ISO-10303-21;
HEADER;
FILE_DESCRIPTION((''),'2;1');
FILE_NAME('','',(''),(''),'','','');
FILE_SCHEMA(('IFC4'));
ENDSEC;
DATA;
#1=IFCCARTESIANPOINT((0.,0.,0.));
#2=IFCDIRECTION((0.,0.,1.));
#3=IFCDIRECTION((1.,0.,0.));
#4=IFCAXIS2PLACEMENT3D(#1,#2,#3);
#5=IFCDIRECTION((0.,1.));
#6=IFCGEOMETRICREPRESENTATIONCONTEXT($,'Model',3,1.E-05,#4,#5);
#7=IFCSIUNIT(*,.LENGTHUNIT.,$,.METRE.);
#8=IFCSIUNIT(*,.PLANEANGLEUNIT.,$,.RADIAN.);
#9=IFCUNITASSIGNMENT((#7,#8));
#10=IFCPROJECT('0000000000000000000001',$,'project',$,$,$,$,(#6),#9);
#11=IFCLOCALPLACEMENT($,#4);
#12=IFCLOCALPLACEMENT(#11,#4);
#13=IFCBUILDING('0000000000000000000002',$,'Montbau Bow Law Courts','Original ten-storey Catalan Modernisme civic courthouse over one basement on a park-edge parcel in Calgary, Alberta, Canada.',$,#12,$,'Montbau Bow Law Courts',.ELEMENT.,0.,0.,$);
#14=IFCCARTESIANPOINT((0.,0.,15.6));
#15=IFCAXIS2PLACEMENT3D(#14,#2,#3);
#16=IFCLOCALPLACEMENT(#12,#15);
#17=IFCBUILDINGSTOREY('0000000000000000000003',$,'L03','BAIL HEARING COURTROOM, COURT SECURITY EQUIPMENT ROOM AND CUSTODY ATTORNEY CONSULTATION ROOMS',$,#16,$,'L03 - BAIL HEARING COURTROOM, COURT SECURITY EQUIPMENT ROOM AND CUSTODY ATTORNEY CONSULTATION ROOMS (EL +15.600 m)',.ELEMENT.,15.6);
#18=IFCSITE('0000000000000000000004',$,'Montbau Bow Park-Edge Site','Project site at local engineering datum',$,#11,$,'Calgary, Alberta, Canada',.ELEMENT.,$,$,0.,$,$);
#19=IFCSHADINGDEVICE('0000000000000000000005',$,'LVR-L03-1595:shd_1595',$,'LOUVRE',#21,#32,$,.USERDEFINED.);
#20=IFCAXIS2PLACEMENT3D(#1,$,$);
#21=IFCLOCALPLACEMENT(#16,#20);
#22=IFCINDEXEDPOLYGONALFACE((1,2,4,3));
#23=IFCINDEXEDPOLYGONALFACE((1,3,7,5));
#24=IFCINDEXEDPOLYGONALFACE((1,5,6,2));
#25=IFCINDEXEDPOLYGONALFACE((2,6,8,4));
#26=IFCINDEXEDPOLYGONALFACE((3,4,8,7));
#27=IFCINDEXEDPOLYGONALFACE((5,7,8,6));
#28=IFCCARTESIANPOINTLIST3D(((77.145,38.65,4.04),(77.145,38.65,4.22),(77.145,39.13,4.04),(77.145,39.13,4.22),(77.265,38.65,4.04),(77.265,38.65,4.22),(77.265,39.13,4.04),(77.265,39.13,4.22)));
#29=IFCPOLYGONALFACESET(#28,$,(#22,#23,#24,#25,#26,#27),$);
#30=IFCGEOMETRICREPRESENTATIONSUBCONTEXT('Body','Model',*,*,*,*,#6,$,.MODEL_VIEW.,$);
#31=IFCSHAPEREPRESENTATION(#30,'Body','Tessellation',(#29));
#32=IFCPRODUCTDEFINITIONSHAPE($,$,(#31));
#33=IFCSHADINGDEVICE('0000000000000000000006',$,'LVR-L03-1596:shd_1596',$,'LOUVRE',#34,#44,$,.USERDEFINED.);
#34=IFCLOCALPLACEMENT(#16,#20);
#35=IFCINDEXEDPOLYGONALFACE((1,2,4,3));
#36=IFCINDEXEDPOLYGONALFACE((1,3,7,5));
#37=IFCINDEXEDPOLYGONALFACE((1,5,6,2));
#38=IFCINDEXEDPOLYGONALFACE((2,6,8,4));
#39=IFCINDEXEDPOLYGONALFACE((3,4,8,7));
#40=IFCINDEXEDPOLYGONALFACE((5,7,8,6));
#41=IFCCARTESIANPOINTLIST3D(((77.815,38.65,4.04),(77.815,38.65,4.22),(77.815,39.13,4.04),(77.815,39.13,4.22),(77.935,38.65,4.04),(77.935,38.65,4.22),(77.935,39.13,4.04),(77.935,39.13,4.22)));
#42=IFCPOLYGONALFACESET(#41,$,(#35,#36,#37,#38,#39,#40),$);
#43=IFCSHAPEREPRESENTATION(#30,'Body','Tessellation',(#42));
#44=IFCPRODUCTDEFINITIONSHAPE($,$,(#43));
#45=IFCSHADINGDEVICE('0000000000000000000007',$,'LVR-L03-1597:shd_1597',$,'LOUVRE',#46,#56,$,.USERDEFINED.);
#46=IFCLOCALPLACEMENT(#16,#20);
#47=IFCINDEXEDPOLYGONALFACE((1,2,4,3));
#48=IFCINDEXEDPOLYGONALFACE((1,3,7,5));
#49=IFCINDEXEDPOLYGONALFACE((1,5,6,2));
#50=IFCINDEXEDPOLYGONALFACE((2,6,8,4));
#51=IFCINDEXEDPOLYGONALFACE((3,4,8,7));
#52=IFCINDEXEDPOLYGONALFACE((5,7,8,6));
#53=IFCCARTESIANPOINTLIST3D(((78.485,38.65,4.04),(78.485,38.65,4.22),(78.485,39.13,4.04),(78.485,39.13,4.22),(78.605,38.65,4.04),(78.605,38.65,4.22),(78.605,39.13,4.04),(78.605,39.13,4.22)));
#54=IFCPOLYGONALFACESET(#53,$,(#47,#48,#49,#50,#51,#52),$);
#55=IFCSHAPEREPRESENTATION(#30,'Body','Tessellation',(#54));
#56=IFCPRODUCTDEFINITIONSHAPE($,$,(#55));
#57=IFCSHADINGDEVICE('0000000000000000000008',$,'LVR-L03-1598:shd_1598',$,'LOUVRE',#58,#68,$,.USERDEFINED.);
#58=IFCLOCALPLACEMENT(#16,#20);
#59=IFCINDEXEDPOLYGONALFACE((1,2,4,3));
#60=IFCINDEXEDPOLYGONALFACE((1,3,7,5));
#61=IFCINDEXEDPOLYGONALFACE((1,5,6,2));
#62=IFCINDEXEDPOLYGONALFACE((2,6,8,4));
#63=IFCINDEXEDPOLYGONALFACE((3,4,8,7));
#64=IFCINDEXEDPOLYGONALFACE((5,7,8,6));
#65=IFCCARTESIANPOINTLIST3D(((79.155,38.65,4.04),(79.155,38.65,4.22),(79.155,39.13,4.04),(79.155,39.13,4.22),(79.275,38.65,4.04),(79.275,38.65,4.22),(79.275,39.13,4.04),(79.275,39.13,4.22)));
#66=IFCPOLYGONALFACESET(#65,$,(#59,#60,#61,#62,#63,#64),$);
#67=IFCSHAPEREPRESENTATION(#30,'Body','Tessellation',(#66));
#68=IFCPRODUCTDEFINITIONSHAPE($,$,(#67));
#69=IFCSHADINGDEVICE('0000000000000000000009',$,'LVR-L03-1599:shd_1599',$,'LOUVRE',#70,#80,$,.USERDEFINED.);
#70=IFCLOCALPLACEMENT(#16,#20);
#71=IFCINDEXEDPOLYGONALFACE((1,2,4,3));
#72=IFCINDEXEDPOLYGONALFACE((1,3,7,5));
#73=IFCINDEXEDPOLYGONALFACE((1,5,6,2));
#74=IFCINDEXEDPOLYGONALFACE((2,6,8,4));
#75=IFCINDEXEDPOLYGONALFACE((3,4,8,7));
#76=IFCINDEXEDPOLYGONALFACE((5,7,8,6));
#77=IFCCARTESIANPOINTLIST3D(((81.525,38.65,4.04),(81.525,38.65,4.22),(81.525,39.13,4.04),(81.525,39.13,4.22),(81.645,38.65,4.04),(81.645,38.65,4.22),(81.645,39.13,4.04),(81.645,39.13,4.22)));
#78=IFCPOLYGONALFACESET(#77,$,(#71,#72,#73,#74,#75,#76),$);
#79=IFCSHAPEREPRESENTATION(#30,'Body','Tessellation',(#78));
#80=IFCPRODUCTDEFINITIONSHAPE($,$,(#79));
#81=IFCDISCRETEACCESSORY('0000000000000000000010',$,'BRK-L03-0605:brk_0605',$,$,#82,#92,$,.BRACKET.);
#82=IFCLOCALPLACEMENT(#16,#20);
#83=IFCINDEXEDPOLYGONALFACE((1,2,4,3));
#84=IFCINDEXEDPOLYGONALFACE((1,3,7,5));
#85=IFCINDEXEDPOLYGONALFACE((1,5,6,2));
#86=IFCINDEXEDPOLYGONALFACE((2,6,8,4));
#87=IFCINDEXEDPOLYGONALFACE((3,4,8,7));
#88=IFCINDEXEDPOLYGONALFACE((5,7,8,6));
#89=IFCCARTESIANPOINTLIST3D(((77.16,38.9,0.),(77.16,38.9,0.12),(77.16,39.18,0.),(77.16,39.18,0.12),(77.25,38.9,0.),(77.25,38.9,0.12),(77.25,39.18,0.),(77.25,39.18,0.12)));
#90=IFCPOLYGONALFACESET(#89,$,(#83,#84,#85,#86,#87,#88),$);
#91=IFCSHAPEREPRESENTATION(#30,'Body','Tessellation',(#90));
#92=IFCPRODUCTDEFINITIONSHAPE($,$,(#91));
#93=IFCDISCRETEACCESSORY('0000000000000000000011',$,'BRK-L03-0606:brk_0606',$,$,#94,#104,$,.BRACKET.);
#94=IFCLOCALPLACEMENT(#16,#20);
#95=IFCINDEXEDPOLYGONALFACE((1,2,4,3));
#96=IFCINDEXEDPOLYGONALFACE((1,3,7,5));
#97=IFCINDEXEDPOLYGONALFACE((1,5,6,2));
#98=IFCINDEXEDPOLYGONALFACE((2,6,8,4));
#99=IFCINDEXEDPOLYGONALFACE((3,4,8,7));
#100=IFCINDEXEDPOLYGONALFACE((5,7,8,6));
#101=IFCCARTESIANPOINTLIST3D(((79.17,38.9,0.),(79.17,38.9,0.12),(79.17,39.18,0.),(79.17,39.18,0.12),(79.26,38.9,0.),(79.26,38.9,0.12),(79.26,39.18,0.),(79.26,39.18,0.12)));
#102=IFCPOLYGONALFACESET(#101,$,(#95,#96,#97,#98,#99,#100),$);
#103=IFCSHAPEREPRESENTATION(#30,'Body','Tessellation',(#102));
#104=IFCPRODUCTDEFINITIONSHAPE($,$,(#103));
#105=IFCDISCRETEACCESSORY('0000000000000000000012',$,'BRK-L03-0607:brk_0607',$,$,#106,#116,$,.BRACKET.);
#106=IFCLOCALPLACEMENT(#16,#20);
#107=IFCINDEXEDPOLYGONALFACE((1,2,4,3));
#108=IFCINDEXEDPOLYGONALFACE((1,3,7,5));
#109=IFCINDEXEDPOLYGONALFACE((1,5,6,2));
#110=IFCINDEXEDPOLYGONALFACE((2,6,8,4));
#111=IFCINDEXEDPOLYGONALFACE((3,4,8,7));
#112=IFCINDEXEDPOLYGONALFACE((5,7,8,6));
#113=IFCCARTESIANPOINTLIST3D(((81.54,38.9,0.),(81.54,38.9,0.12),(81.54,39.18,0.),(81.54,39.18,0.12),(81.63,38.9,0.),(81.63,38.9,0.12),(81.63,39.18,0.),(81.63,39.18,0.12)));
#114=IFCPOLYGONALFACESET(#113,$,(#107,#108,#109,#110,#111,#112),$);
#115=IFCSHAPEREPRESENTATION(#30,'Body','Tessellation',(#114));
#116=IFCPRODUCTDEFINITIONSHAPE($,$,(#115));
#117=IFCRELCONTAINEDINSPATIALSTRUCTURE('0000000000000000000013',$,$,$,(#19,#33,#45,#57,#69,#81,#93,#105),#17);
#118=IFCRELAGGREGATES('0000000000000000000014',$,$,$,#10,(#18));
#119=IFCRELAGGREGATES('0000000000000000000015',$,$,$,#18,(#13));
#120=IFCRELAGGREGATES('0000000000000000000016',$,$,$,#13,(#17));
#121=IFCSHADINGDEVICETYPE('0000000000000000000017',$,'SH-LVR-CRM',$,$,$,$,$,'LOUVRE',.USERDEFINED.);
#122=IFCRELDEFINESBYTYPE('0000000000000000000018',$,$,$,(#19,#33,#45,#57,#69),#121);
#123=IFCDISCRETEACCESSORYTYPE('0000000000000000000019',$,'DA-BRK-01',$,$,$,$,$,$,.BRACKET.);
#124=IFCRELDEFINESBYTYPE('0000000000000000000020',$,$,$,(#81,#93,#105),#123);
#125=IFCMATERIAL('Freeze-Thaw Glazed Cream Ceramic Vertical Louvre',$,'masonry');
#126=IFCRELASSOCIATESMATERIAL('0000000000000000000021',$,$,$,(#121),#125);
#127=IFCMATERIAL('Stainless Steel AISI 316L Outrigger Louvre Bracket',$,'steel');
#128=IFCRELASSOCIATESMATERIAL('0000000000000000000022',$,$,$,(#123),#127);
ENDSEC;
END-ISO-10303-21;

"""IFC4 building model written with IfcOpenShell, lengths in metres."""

from ifc_helpers import new_model, si_unit, direction, frame, origin_with_axes, origin_2d_with_axis, place, context, subcontext, project, spatial, rectangle, extrude, material, type_object, element, save


model = new_model("IFC4")

# Units and contexts
model_context = context("Model", 3, precision=1e-05, world=origin_with_axes(), true_north=direction((0.0, 1.0)))
body_context = subcontext(model_context, "Body", "Model", "MODEL_VIEW")
ifc_project = project(units=[si_unit("LENGTHUNIT", "METRE"), si_unit("PLANEANGLEUNIT", "RADIAN")], contexts=[model_context])

# Site, building, storey
site_placement = place(None, origin_with_axes())
site = spatial("IfcSite", under=ifc_project, at=site_placement, Name="Montbau Bow Park-Edge Site", Description="Project site at local engineering datum", LongName="Calgary, Alberta, Canada", CompositionType="ELEMENT", RefElevation=0.0)
building_placement = place(site_placement, origin_with_axes())
building = spatial("IfcBuilding", under=site, at=building_placement, Name="Montbau Bow Law Courts", Description="Original ten-storey Catalan Modernisme civic courthouse over one basement on a park-edge parcel in Calgary, Alberta, Canada.", LongName="Montbau Bow Law Courts", CompositionType="ELEMENT", ElevationOfRefHeight=0.0, ElevationOfTerrain=0.0)
storey_placement = place(building_placement, frame((0.0, 0.0, 15.6), z_axis=(0.0, 0.0, 1.0), x_axis=(1.0, 0.0, 0.0)))
storey = spatial("IfcBuildingStorey", under=building, at=storey_placement, Name="L03", Description="BAIL HEARING COURTROOM, COURT SECURITY EQUIPMENT ROOM AND CUSTODY ATTORNEY CONSULTATION ROOMS", LongName="L03 - BAIL HEARING COURTROOM, COURT SECURITY EQUIPMENT ROOM AND CUSTODY ATTORNEY CONSULTATION ROOMS (EL +15.600 m)", CompositionType="ELEMENT", Elevation=15.6)

# Shading devices
ifc_material_1 = material(Name="Freeze-Thaw Glazed Cream Ceramic Vertical Louvre", Category="masonry")
shading_device_type = type_object("IfcShadingDeviceType", Name="SH-LVR-CRM", ElementType="LOUVRE", PredefinedType="USERDEFINED", material=ifc_material_1)
for number, where, z_axis, x_axis, name in (
    (1, (77.205, 38.89, 19.64), (0.0, 0.0, 1.0), (0.0, -1.0, 0.0), "LVR-L03-1595:shd_1595"),
    (2, (77.875, 38.89, 19.64), (0.0, 0.0, 1.0), (0.0, -1.0, 0.0), "LVR-L03-1596:shd_1596"),
    (3, (78.545, 38.89, 19.64), (0.0, 0.0, 1.0), (0.0, -1.0, 0.0), "LVR-L03-1597:shd_1597"),
    (4, (79.215, 38.89, 19.64), (0.0, 0.0, 1.0), (0.0, -1.0, 0.0), "LVR-L03-1598:shd_1598"),
    (5, (81.585, 38.89, 19.64), (0.0, 0.0, 1.0), (0.0, -1.0, 0.0), "LVR-L03-1599:shd_1599"),
):
    element("IfcShadingDevice", number, at=place(None, frame(where, z_axis=z_axis, x_axis=x_axis)), inside=storey, type_object=shading_device_type, Name=name, ObjectType="LOUVRE", PredefinedType="USERDEFINED", context=body_context, shape_type="SweptSolid", body=[
        extrude(rectangle(XDim=0.48, YDim=0.12, at=origin_2d_with_axis()), origin_with_axes(), (0.0, 0.0, 1.0), 0.18),
    ])

# Discrete accessories
ifc_material_2 = material(Name="Stainless Steel AISI 316L Outrigger Louvre Bracket", Category="steel")
discrete_accessory_type = type_object("IfcDiscreteAccessoryType", Name="DA-BRK-01", PredefinedType="BRACKET", material=ifc_material_2)
for number, where, z_axis, x_axis, name in (
    (6, (77.205, 39.04, 15.6), (0.0, 0.0, 1.0), (0.0, -1.0, 0.0), "BRK-L03-0605:brk_0605"),
    (7, (79.215, 39.04, 15.6), (0.0, 0.0, 1.0), (0.0, -1.0, 0.0), "BRK-L03-0606:brk_0606"),
    (8, (81.585, 39.04, 15.6), (0.0, 0.0, 1.0), (0.0, -1.0, 0.0), "BRK-L03-0607:brk_0607"),
):
    element("IfcDiscreteAccessory", number, at=place(None, frame(where, z_axis=z_axis, x_axis=x_axis)), inside=storey, type_object=discrete_accessory_type, Name=name, PredefinedType="BRACKET", context=body_context, shape_type="SweptSolid", body=[
        extrude(rectangle(XDim=0.28, YDim=0.09, at=origin_2d_with_axis()), origin_with_axes(), (0.0, 0.0, 1.0), 0.12),
    ])

save(model, "model.ifc")
